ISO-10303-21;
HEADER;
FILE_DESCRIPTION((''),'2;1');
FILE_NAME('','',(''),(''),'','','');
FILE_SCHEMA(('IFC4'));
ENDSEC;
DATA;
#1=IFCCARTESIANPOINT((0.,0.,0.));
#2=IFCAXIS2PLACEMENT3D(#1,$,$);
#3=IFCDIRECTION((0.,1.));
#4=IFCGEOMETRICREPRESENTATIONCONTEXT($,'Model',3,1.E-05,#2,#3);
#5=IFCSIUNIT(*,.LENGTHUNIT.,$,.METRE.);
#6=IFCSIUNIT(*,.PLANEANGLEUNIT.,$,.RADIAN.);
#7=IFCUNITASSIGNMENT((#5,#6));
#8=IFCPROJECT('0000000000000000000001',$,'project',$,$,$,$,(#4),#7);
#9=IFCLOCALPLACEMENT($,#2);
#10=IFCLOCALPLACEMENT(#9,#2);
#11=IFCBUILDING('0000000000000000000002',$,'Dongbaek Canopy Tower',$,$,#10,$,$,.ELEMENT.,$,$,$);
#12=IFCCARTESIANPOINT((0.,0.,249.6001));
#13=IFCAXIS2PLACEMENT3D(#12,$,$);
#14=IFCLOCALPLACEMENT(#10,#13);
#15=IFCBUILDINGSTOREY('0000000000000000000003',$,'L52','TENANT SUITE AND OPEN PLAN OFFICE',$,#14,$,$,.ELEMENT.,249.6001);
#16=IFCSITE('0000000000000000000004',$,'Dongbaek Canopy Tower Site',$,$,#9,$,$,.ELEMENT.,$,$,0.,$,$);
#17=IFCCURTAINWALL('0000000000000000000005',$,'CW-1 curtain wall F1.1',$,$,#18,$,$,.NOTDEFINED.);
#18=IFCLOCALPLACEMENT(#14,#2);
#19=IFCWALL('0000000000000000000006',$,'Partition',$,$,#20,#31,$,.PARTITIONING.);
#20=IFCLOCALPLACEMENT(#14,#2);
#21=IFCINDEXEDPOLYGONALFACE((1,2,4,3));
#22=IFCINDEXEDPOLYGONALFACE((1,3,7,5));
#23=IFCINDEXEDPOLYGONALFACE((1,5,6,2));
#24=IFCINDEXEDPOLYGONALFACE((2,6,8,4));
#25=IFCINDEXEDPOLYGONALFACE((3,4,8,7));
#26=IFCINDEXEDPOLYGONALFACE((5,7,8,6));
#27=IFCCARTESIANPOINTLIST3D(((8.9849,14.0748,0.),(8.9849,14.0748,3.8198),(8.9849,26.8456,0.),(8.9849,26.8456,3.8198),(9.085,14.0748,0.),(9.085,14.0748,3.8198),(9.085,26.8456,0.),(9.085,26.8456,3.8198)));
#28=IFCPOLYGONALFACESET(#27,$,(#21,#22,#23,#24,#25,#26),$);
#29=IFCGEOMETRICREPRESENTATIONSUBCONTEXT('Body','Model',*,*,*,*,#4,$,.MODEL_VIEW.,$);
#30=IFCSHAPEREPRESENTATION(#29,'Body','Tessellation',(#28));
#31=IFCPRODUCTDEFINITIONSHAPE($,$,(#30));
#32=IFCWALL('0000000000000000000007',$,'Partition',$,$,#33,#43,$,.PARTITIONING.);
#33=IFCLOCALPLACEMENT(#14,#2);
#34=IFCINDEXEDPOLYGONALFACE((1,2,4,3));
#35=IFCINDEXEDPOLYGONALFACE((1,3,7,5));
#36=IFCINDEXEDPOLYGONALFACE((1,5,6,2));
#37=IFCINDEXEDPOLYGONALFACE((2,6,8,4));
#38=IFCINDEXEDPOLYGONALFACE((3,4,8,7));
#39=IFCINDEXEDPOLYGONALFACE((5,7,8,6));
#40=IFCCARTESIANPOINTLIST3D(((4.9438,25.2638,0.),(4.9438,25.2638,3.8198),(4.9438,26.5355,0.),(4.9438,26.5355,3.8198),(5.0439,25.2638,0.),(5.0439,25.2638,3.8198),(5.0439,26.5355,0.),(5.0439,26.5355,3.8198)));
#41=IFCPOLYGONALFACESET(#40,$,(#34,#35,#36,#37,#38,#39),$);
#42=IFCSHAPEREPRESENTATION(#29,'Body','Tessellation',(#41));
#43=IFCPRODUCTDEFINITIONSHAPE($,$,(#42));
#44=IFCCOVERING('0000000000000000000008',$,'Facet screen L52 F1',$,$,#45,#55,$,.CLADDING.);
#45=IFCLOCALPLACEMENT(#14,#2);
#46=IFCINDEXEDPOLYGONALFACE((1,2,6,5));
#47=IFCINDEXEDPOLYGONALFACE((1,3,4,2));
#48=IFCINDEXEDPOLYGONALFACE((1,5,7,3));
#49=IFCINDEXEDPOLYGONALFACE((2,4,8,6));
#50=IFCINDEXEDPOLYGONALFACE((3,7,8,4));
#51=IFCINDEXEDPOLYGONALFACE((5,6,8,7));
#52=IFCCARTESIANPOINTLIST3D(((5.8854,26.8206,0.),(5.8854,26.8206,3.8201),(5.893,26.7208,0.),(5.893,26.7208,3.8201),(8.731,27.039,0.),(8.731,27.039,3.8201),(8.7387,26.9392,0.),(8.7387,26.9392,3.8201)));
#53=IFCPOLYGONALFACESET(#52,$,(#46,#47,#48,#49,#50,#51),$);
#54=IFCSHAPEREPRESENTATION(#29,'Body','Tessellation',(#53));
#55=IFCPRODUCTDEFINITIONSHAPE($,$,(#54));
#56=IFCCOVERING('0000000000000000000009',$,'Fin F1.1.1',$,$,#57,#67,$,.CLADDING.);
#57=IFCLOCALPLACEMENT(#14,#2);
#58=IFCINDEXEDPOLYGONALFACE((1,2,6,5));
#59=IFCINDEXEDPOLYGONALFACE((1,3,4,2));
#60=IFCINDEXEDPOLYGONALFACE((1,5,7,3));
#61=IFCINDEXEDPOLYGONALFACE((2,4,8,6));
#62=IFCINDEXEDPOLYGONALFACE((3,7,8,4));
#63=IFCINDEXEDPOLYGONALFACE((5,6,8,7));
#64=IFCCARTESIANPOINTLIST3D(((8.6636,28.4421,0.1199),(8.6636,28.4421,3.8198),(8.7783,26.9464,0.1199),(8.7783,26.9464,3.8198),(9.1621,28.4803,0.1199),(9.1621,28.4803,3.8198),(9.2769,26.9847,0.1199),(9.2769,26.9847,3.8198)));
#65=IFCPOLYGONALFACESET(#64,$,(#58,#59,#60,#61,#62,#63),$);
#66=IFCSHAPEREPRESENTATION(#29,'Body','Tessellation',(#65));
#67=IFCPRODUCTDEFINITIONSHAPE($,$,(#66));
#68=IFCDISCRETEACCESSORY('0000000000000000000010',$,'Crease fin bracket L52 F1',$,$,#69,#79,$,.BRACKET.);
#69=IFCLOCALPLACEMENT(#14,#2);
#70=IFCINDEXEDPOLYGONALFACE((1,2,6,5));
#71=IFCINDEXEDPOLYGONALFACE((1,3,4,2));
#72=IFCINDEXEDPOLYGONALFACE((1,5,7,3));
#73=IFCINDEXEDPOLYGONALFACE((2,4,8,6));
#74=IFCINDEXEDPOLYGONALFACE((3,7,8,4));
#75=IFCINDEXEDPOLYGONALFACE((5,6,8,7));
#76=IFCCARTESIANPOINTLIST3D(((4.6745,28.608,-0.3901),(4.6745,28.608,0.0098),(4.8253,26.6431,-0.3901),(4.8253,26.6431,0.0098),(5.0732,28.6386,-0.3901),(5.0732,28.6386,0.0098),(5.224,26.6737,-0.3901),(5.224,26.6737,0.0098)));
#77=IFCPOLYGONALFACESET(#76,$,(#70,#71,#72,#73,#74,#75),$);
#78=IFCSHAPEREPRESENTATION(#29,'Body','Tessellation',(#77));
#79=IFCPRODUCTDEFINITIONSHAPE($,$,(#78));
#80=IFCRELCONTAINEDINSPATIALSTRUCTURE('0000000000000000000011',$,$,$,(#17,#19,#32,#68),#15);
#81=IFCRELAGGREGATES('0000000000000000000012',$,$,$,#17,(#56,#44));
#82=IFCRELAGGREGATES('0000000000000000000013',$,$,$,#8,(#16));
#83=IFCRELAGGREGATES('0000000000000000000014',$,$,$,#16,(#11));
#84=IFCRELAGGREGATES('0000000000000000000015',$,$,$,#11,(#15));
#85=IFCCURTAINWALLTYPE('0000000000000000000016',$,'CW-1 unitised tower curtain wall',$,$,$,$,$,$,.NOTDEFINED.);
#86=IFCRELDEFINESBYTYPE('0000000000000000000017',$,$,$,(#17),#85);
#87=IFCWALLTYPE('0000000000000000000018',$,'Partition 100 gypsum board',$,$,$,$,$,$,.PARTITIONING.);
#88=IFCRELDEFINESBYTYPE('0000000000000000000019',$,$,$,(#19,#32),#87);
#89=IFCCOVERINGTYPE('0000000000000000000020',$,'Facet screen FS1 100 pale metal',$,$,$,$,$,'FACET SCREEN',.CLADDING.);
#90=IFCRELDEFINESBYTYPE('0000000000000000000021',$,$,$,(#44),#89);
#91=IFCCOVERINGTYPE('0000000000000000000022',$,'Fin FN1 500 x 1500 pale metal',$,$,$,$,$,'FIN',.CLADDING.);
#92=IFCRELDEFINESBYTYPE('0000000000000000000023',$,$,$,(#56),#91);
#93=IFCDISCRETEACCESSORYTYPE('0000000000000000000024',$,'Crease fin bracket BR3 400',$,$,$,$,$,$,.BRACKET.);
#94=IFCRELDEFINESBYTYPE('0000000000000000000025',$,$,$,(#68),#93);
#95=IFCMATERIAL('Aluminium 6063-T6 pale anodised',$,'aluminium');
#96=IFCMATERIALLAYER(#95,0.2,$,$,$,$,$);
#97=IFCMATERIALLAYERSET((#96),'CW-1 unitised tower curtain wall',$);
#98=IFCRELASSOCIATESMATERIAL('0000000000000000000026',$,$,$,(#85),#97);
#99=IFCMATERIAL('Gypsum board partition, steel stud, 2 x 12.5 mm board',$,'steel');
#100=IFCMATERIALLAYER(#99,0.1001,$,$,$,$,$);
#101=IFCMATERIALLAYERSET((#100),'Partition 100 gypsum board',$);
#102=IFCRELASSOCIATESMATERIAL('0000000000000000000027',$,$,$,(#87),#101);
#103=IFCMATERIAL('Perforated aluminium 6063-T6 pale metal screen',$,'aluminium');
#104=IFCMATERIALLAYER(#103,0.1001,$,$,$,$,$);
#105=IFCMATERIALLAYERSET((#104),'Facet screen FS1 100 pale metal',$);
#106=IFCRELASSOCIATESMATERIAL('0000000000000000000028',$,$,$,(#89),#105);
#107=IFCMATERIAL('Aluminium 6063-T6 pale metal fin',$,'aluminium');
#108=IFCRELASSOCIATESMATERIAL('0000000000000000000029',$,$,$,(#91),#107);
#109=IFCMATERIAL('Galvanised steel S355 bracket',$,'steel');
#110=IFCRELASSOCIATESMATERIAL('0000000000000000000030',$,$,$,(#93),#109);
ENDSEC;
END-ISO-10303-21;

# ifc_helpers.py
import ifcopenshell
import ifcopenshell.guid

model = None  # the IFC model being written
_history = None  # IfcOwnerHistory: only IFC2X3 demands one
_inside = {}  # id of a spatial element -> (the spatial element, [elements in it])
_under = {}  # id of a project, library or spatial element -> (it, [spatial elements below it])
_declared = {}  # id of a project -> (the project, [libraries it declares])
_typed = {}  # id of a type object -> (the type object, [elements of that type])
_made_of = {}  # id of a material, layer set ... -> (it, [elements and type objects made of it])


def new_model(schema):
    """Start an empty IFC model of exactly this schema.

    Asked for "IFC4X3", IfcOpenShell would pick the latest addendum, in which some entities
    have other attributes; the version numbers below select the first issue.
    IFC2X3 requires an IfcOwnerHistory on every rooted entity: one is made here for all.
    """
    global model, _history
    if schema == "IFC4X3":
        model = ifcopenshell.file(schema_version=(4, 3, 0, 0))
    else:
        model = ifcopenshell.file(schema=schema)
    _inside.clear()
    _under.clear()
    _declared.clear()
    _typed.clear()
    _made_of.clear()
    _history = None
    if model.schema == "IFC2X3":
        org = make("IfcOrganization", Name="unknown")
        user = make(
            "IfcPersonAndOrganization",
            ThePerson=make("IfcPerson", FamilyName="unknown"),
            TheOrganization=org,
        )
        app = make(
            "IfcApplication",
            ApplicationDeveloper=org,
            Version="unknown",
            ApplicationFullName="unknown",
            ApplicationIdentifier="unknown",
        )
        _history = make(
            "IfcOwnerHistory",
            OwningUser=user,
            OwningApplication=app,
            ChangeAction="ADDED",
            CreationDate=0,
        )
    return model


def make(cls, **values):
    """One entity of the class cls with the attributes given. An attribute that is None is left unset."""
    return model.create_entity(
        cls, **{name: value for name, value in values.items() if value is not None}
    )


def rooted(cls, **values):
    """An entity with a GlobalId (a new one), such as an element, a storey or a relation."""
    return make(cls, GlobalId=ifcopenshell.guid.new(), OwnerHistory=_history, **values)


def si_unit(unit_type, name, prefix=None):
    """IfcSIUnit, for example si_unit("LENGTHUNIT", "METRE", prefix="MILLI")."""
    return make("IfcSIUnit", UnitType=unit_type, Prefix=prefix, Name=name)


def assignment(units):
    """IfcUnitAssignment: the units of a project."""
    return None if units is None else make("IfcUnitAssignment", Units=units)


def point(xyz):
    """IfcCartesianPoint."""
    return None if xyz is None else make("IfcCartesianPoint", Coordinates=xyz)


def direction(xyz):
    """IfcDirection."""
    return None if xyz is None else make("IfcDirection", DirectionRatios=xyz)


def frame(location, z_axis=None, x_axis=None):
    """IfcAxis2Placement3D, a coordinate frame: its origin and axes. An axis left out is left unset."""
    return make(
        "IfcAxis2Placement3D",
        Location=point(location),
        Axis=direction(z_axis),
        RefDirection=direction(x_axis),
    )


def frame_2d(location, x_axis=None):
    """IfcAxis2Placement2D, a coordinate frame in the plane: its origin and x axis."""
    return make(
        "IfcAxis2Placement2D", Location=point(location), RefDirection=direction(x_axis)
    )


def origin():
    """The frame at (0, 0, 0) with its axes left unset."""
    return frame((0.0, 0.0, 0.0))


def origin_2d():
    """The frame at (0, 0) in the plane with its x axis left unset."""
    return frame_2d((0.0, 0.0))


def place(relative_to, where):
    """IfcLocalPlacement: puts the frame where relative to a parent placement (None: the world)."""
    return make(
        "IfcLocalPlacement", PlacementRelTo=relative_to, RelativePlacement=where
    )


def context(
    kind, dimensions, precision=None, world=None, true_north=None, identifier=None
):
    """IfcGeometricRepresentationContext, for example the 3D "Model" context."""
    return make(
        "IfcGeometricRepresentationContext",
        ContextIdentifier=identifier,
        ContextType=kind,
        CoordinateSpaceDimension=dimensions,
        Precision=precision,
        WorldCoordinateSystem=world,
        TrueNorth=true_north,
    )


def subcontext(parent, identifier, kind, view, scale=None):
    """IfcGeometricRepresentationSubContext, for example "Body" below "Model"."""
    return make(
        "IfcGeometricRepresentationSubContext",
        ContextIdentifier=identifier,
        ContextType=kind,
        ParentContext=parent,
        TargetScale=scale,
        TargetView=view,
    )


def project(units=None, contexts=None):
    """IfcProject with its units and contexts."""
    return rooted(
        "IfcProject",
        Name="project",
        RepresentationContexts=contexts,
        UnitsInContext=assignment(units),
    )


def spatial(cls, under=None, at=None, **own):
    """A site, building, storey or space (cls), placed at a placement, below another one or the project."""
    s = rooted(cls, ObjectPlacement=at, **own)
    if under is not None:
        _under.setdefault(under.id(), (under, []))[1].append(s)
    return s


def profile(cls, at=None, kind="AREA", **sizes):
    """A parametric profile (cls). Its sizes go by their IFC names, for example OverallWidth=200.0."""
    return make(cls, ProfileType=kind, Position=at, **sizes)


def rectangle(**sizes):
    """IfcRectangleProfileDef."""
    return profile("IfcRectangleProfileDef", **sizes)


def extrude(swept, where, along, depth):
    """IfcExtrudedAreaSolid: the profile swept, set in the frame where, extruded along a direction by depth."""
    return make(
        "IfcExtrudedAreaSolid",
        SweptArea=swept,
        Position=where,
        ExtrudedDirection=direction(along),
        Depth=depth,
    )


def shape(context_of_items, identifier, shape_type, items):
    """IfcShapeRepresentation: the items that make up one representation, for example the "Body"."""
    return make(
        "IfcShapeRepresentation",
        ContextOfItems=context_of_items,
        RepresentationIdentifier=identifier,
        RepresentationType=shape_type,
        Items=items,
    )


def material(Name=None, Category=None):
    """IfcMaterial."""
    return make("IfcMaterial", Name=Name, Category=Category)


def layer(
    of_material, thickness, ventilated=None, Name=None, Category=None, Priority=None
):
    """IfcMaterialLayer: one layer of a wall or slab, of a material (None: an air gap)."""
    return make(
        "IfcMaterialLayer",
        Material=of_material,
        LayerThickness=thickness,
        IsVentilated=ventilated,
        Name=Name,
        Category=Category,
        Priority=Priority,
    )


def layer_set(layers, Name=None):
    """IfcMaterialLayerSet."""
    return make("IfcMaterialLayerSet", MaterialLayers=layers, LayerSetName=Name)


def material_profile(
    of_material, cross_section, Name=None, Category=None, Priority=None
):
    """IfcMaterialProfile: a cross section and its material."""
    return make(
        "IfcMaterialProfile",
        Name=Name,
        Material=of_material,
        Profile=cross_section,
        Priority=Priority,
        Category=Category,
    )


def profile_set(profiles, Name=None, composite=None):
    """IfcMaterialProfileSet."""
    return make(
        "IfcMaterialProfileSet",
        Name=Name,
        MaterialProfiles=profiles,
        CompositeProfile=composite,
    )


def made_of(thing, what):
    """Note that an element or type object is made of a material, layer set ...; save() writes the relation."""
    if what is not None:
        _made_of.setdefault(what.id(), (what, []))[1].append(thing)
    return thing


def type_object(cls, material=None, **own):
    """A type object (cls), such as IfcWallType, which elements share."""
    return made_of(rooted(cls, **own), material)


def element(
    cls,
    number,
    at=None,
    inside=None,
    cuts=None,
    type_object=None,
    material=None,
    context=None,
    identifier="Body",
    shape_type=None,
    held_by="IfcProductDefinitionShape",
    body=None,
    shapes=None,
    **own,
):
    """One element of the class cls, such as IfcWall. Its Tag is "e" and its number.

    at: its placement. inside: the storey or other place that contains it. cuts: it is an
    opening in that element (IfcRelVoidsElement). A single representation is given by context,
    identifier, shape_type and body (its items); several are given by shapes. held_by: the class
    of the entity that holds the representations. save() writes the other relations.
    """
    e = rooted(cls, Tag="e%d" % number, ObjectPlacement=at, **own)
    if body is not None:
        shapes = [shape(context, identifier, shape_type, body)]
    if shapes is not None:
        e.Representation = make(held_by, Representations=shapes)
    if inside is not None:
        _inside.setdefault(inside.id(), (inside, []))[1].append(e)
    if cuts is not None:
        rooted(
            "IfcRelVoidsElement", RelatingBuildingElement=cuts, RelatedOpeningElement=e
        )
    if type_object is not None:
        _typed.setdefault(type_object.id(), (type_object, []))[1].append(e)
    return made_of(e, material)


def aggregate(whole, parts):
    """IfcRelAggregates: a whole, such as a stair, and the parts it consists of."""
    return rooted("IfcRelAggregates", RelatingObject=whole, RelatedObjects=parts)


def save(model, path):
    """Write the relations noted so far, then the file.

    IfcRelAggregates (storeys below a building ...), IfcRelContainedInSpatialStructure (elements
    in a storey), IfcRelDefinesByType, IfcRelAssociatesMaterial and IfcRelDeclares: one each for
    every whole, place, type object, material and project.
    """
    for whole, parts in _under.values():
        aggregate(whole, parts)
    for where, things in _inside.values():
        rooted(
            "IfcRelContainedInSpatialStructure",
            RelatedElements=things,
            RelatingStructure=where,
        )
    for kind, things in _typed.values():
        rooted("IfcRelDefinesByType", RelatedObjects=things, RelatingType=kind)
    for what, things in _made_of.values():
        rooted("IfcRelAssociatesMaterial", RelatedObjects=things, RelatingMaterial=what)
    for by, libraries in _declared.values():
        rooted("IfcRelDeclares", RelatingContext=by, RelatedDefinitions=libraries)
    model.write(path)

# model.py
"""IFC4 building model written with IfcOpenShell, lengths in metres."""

from ifc_helpers import new_model, si_unit, direction, frame, frame_2d, origin, origin_2d, place, context, subcontext, project, spatial, rectangle, extrude, material, layer, layer_set, material_profile, profile_set, type_object, element, aggregate, save


model = new_model("IFC4")

# Units and contexts
model_context = context("Model", 3, precision=1e-05, world=origin(), true_north=direction((0.0, 1.0)))
body_context = subcontext(model_context, "Body", "Model", "MODEL_VIEW")
ifc_project = project(units=[si_unit("LENGTHUNIT", "METRE"), si_unit("PLANEANGLEUNIT", "RADIAN")], contexts=[model_context])

# Site, building, storey
site_placement = place(None, origin())
site = spatial("IfcSite", under=ifc_project, at=site_placement, Name="Dongbaek Canopy Tower Site", CompositionType="ELEMENT", RefElevation=0.0)
building_placement = place(site_placement, origin())
building = spatial("IfcBuilding", under=site, at=building_placement, Name="Dongbaek Canopy Tower", CompositionType="ELEMENT")
storey_placement = place(building_placement, frame((0.0, 0.0, 249.6001)))
storey = spatial("IfcBuildingStorey", under=building, at=storey_placement, Name="L52", Description="TENANT SUITE AND OPEN PLAN OFFICE", CompositionType="ELEMENT", Elevation=249.6001)

# Curtain wall
ifc_material_1 = material(Name="Aluminium 6063-T6 pale anodised", Category="aluminium")
ifc_layer_1 = layer(ifc_material_1, 0.2)
ifc_layer_set_1 = layer_set([ifc_layer_1], Name="CW-1 unitised tower curtain wall")
curtain_wall_type = type_object("IfcCurtainWallType", Name="CW-1 unitised tower curtain wall", PredefinedType="NOTDEFINED", material=ifc_layer_set_1)
curtain_wall_1_placement = place(storey_placement, origin())
curtain_wall_1 = element("IfcCurtainWall", 1, at=curtain_wall_1_placement, inside=storey, type_object=curtain_wall_type, Name="CW-1 curtain wall F1.1", PredefinedType="NOTDEFINED")

# Walls
ifc_material_2 = material(Name="Gypsum board partition, steel stud, 2 x 12.5 mm board", Category="steel")
ifc_layer_2 = layer(ifc_material_2, 0.1001)
ifc_layer_set_2 = layer_set([ifc_layer_2], Name="Partition 100 gypsum board")
wall_type_1 = type_object("IfcWallType", Name="Partition 100 gypsum board", PredefinedType="PARTITIONING", material=ifc_layer_set_2)
wall_1_placement = place(storey_placement, frame((9.0349, 14.075, 0.0), z_axis=(0.0, 0.0, 1.0), x_axis=(0.0, 1.0, 0.0)))
element("IfcWall", 2, at=wall_1_placement, inside=storey, type_object=wall_type_1, Name="Partition", PredefinedType="PARTITIONING", context=body_context, shape_type="SweptSolid", body=[
    extrude(rectangle(XDim=12.7708, YDim=0.1001, at=frame_2d((6.3853, 0.0))), origin(), (0.0, 0.0, 1.0), 3.8198),
])
wall_2_placement = place(storey_placement, frame((4.9939, 25.2639, 0.0), z_axis=(0.0, 0.0, 1.0), x_axis=(0.0, 1.0, 0.0)))
element("IfcWall", 3, at=wall_2_placement, inside=storey, type_object=wall_type_1, Name="Partition", PredefinedType="PARTITIONING", context=body_context, shape_type="SweptSolid", body=[
    extrude(rectangle(XDim=1.2717, YDim=0.1001, at=frame_2d((0.6357, 0.0))), origin(), (0.0, 0.0, 1.0), 3.8198),
])

# Coverings
ifc_material_3 = material(Name="Perforated aluminium 6063-T6 pale metal screen", Category="aluminium")
ifc_layer_3 = layer(ifc_material_3, 0.1001)
ifc_layer_set_3 = layer_set([ifc_layer_3], Name="Facet screen FS1 100 pale metal")
covering_type_1 = type_object("IfcCoveringType", Name="Facet screen FS1 100 pale metal", ElementType="FACET SCREEN", PredefinedType="CLADDING", material=ifc_layer_set_3)
covering_1_placement = place(storey_placement, frame((7.312, 26.8799, 0.0), z_axis=(0.0, 0.0, 1.0), x_axis=(-0.997068, -0.076519, 0.0)))
covering_1 = element("IfcCovering", 4, at=covering_1_placement, type_object=covering_type_1, Name="Facet screen L52 F1", PredefinedType="CLADDING", context=body_context, shape_type="SweptSolid", body=[
    extrude(rectangle(XDim=2.854, YDim=0.1001, at=origin_2d()), origin(), (0.0, 0.0, 1.0), 3.8201),
])
ifc_material_4 = material(Name="Aluminium 6063-T6 pale metal fin", Category="aluminium")
ifc_material_profile_1 = material_profile(ifc_material_4, rectangle(XDim=1.5, YDim=0.5, at=origin_2d()), Name="Fin FN1 500 x 1500 pale metal")
ifc_profile_set_1 = profile_set([ifc_material_profile_1], Name="Aluminium 6063-T6 pale metal fin")
covering_type_2 = type_object("IfcCoveringType", Name="Fin FN1 500 x 1500 pale metal", ElementType="FIN", PredefinedType="CLADDING", material=ifc_profile_set_1)
covering_2_placement = place(storey_placement, frame((8.9702, 27.7134, 0.1199), z_axis=(0.0, 0.0, 1.0), x_axis=(-0.076518, 0.997068, 0.0)))
covering_2 = element("IfcCovering", 5, at=covering_2_placement, type_object=covering_type_2, Name="Fin F1.1.1", PredefinedType="CLADDING", context=body_context, shape_type="SweptSolid", body=[
    extrude(rectangle(XDim=1.5, YDim=0.5, at=origin_2d()), origin(), (0.0, 0.0, 1.0), 3.7),
])
aggregate(curtain_wall_1, [covering_2, covering_1])

# Discrete accessory
ifc_material_5 = material(Name="Galvanised steel S355 bracket", Category="steel")
discrete_accessory_type = type_object("IfcDiscreteAccessoryType", Name="Crease fin bracket BR3 400", PredefinedType="BRACKET", material=ifc_material_5)
discrete_accessory_placement = place(storey_placement, frame((4.9492, 27.6409, -0.3901), z_axis=(0.0, 0.0, 1.0), x_axis=(-0.076519, 0.997068, 0.0)))
element("IfcDiscreteAccessory", 6, at=discrete_accessory_placement, inside=storey, type_object=discrete_accessory_type, Name="Crease fin bracket L52 F1", PredefinedType="BRACKET", context=body_context, shape_type="SweptSolid", body=[
    extrude(rectangle(XDim=1.9707, YDim=0.3999, at=origin_2d()), origin(), (0.0, 0.0, 1.0), 0.3999),
])

save(model, "model.ifc")
